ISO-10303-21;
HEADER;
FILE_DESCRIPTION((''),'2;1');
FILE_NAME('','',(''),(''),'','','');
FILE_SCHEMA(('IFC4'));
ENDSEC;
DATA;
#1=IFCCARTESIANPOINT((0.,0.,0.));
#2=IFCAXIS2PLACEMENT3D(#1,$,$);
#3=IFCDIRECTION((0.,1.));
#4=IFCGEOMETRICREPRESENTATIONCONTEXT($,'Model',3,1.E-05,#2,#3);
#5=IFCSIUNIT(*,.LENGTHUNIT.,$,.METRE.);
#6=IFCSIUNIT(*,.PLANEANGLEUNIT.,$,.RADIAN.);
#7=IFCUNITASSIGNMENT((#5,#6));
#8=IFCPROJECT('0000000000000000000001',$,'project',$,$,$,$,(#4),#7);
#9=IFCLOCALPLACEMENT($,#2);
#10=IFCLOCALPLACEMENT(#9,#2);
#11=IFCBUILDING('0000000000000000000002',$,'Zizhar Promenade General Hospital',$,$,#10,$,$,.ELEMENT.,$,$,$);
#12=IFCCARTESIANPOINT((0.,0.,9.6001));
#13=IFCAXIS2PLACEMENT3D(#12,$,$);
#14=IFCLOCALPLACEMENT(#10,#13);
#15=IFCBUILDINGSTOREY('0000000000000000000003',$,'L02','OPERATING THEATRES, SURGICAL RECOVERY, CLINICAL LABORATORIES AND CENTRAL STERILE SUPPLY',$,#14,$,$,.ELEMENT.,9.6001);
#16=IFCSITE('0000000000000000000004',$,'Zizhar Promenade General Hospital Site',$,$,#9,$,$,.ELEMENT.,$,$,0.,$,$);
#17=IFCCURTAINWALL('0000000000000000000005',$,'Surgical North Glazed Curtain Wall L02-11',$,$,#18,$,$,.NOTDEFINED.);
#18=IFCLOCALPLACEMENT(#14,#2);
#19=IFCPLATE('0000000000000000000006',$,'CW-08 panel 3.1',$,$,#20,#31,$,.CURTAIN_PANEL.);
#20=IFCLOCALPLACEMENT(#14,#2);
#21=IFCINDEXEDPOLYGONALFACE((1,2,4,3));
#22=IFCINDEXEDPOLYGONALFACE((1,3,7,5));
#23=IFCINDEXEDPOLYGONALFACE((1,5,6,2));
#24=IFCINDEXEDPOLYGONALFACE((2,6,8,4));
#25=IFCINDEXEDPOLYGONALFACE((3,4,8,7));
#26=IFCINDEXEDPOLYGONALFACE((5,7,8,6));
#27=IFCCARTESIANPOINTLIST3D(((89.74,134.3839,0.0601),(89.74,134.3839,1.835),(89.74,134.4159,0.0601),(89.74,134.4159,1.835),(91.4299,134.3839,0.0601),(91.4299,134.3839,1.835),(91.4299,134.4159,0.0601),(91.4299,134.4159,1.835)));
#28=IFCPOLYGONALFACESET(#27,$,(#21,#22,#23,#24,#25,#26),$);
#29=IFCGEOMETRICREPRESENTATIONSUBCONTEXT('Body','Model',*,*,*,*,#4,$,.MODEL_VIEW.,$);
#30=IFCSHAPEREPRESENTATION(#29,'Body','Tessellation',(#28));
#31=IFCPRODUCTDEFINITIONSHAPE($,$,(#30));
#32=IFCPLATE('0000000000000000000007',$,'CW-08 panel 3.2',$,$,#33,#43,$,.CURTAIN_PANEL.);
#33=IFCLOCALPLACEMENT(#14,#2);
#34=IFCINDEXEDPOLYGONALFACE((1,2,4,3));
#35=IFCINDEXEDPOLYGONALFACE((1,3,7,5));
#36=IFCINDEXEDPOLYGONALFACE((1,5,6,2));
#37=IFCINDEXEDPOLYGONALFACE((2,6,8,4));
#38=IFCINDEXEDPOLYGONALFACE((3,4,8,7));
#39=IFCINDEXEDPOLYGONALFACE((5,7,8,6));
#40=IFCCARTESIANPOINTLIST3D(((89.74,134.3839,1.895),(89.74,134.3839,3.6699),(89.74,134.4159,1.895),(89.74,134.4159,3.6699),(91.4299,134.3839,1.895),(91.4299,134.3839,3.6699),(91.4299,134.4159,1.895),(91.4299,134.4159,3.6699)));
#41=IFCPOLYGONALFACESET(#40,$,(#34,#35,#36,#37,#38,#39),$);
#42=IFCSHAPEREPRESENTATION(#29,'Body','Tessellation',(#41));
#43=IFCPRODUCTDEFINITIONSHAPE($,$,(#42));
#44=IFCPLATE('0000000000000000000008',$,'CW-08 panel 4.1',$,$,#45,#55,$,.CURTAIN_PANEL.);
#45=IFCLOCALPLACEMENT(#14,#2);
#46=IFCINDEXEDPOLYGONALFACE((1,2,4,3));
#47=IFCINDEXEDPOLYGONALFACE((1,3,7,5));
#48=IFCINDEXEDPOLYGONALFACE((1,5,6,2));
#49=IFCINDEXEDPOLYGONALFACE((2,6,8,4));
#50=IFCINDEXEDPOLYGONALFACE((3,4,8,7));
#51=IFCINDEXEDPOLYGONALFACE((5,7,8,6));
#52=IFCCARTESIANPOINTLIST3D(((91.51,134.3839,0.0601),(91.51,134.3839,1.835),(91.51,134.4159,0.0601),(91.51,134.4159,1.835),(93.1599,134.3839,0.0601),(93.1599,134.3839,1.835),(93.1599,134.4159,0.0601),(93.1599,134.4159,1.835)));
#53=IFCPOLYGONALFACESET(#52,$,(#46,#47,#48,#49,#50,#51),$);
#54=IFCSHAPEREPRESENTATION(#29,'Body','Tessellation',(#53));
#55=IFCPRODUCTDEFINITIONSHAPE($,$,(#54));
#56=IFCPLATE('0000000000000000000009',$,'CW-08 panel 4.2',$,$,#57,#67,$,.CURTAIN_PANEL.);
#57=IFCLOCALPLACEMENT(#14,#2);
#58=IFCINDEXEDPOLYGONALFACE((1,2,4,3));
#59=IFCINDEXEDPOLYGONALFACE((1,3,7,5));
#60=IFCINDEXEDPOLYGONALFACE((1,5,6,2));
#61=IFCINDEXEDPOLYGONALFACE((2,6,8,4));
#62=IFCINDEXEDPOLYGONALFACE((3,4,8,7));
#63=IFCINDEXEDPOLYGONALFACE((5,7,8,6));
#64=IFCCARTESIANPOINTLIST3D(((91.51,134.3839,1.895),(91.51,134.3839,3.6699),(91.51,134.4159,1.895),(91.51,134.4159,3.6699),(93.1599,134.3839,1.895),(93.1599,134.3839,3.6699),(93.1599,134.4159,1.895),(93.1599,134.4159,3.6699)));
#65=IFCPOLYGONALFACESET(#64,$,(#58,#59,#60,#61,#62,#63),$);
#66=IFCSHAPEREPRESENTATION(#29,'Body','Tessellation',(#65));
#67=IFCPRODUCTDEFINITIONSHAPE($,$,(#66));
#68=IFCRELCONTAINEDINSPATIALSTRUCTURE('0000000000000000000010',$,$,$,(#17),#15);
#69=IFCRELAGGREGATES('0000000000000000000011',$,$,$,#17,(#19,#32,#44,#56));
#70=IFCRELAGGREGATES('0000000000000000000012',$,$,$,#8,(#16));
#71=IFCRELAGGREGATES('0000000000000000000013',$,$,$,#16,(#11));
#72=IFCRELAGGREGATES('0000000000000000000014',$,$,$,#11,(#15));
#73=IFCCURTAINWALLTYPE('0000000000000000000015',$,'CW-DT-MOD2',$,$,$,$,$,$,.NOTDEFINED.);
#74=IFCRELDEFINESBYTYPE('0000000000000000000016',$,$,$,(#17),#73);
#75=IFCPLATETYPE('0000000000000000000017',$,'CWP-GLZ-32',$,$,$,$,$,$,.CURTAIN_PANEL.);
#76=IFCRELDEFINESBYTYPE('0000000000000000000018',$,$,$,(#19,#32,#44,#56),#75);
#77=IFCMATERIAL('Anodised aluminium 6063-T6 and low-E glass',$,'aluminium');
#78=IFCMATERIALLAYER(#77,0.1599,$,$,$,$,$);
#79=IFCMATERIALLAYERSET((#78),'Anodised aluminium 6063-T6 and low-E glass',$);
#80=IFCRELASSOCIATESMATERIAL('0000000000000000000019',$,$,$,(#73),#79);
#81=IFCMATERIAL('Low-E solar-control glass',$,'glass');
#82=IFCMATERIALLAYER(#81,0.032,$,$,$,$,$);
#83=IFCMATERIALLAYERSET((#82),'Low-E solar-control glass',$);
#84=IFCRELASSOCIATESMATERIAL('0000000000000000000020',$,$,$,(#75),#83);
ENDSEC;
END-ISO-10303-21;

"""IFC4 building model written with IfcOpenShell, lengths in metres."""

from ifc_helpers import new_model, si_unit, direction, frame, origin, origin_2d, place, context, subcontext, project, spatial, rectangle, extrude, material, layer, layer_set, type_object, element, aggregate, save


model = new_model("IFC4")

# Units and contexts
model_context = context("Model", 3, precision=1e-05, world=origin(), true_north=direction((0.0, 1.0)))
body_context = subcontext(model_context, "Body", "Model", "MODEL_VIEW")
ifc_project = project(units=[si_unit("LENGTHUNIT", "METRE"), si_unit("PLANEANGLEUNIT", "RADIAN")], contexts=[model_context])

# Site, building, storey
site_placement = place(None, origin())
site = spatial("IfcSite", under=ifc_project, at=site_placement, Name="Zizhar Promenade General Hospital Site", CompositionType="ELEMENT", RefElevation=0.0)
building_placement = place(site_placement, origin())
building = spatial("IfcBuilding", under=site, at=building_placement, Name="Zizhar Promenade General Hospital", CompositionType="ELEMENT")
storey_placement = place(building_placement, frame((0.0, 0.0, 9.6001)))
storey = spatial("IfcBuildingStorey", under=building, at=storey_placement, Name="L02", Description="OPERATING THEATRES, SURGICAL RECOVERY, CLINICAL LABORATORIES AND CENTRAL STERILE SUPPLY", CompositionType="ELEMENT", Elevation=9.6001)

# Curtain wall, plates
ifc_material_1 = material(Name="Anodised aluminium 6063-T6 and low-E glass", Category="aluminium")
ifc_layer_1 = layer(ifc_material_1, 0.1599)
ifc_layer_set_1 = layer_set([ifc_layer_1], Name="Anodised aluminium 6063-T6 and low-E glass")
curtain_wall_type = type_object("IfcCurtainWallType", Name="CW-DT-MOD2", PredefinedType="NOTDEFINED", material=ifc_layer_set_1)
curtain_wall_placement = place(storey_placement, origin())
curtain_wall = element("IfcCurtainWall", 1, at=curtain_wall_placement, inside=storey, type_object=curtain_wall_type, Name="Surgical North Glazed Curtain Wall L02-11", PredefinedType="NOTDEFINED")
ifc_material_2 = material(Name="Low-E solar-control glass", Category="glass")
ifc_layer_2 = layer(ifc_material_2, 0.032)
ifc_layer_set_2 = layer_set([ifc_layer_2], Name="Low-E solar-control glass")
plate_type = type_object("IfcPlateType", Name="CWP-GLZ-32", PredefinedType="CURTAIN_PANEL", material=ifc_layer_set_2)
plate_1_placement = place(storey_placement, frame((90.585, 134.3999, 0.0601), z_axis=(0.0, 0.0, 1.0), x_axis=(1.0, 0.0, 0.0)))
plate_1 = element("IfcPlate", 2, at=plate_1_placement, type_object=plate_type, Name="CW-08 panel 3.1", PredefinedType="CURTAIN_PANEL", context=body_context, shape_type="SweptSolid", body=[
    extrude(rectangle(XDim=1.6899, YDim=0.032, at=origin_2d()), origin(), (0.0, 0.0, 1.0), 1.7749),
])
plate_2_placement = place(storey_placement, frame((90.585, 134.3999, 1.895), z_axis=(0.0, 0.0, 1.0), x_axis=(1.0, 0.0, 0.0)))
plate_2 = element("IfcPlate", 3, at=plate_2_placement, type_object=plate_type, Name="CW-08 panel 3.2", PredefinedType="CURTAIN_PANEL", context=body_context, shape_type="SweptSolid", body=[
    extrude(rectangle(XDim=1.6899, YDim=0.032, at=origin_2d()), origin(), (0.0, 0.0, 1.0), 1.7749),
])
plate_3_placement = place(storey_placement, frame((92.335, 134.3999, 0.0601), z_axis=(0.0, 0.0, 1.0), x_axis=(1.0, 0.0, 0.0)))
plate_3 = element("IfcPlate", 4, at=plate_3_placement, type_object=plate_type, Name="CW-08 panel 4.1", PredefinedType="CURTAIN_PANEL", context=body_context, shape_type="SweptSolid", body=[
    extrude(rectangle(XDim=1.6499, YDim=0.032, at=origin_2d()), origin(), (0.0, 0.0, 1.0), 1.7749),
])
plate_4_placement = place(storey_placement, frame((92.335, 134.3999, 1.895), z_axis=(0.0, 0.0, 1.0), x_axis=(1.0, 0.0, 0.0)))
plate_4 = element("IfcPlate", 5, at=plate_4_placement, type_object=plate_type, Name="CW-08 panel 4.2", PredefinedType="CURTAIN_PANEL", context=body_context, shape_type="SweptSolid", body=[
    extrude(rectangle(XDim=1.6499, YDim=0.032, at=origin_2d()), origin(), (0.0, 0.0, 1.0), 1.7749),
])
aggregate(curtain_wall, [plate_1, plate_2, plate_3, plate_4])

save(model, "model.ifc")
